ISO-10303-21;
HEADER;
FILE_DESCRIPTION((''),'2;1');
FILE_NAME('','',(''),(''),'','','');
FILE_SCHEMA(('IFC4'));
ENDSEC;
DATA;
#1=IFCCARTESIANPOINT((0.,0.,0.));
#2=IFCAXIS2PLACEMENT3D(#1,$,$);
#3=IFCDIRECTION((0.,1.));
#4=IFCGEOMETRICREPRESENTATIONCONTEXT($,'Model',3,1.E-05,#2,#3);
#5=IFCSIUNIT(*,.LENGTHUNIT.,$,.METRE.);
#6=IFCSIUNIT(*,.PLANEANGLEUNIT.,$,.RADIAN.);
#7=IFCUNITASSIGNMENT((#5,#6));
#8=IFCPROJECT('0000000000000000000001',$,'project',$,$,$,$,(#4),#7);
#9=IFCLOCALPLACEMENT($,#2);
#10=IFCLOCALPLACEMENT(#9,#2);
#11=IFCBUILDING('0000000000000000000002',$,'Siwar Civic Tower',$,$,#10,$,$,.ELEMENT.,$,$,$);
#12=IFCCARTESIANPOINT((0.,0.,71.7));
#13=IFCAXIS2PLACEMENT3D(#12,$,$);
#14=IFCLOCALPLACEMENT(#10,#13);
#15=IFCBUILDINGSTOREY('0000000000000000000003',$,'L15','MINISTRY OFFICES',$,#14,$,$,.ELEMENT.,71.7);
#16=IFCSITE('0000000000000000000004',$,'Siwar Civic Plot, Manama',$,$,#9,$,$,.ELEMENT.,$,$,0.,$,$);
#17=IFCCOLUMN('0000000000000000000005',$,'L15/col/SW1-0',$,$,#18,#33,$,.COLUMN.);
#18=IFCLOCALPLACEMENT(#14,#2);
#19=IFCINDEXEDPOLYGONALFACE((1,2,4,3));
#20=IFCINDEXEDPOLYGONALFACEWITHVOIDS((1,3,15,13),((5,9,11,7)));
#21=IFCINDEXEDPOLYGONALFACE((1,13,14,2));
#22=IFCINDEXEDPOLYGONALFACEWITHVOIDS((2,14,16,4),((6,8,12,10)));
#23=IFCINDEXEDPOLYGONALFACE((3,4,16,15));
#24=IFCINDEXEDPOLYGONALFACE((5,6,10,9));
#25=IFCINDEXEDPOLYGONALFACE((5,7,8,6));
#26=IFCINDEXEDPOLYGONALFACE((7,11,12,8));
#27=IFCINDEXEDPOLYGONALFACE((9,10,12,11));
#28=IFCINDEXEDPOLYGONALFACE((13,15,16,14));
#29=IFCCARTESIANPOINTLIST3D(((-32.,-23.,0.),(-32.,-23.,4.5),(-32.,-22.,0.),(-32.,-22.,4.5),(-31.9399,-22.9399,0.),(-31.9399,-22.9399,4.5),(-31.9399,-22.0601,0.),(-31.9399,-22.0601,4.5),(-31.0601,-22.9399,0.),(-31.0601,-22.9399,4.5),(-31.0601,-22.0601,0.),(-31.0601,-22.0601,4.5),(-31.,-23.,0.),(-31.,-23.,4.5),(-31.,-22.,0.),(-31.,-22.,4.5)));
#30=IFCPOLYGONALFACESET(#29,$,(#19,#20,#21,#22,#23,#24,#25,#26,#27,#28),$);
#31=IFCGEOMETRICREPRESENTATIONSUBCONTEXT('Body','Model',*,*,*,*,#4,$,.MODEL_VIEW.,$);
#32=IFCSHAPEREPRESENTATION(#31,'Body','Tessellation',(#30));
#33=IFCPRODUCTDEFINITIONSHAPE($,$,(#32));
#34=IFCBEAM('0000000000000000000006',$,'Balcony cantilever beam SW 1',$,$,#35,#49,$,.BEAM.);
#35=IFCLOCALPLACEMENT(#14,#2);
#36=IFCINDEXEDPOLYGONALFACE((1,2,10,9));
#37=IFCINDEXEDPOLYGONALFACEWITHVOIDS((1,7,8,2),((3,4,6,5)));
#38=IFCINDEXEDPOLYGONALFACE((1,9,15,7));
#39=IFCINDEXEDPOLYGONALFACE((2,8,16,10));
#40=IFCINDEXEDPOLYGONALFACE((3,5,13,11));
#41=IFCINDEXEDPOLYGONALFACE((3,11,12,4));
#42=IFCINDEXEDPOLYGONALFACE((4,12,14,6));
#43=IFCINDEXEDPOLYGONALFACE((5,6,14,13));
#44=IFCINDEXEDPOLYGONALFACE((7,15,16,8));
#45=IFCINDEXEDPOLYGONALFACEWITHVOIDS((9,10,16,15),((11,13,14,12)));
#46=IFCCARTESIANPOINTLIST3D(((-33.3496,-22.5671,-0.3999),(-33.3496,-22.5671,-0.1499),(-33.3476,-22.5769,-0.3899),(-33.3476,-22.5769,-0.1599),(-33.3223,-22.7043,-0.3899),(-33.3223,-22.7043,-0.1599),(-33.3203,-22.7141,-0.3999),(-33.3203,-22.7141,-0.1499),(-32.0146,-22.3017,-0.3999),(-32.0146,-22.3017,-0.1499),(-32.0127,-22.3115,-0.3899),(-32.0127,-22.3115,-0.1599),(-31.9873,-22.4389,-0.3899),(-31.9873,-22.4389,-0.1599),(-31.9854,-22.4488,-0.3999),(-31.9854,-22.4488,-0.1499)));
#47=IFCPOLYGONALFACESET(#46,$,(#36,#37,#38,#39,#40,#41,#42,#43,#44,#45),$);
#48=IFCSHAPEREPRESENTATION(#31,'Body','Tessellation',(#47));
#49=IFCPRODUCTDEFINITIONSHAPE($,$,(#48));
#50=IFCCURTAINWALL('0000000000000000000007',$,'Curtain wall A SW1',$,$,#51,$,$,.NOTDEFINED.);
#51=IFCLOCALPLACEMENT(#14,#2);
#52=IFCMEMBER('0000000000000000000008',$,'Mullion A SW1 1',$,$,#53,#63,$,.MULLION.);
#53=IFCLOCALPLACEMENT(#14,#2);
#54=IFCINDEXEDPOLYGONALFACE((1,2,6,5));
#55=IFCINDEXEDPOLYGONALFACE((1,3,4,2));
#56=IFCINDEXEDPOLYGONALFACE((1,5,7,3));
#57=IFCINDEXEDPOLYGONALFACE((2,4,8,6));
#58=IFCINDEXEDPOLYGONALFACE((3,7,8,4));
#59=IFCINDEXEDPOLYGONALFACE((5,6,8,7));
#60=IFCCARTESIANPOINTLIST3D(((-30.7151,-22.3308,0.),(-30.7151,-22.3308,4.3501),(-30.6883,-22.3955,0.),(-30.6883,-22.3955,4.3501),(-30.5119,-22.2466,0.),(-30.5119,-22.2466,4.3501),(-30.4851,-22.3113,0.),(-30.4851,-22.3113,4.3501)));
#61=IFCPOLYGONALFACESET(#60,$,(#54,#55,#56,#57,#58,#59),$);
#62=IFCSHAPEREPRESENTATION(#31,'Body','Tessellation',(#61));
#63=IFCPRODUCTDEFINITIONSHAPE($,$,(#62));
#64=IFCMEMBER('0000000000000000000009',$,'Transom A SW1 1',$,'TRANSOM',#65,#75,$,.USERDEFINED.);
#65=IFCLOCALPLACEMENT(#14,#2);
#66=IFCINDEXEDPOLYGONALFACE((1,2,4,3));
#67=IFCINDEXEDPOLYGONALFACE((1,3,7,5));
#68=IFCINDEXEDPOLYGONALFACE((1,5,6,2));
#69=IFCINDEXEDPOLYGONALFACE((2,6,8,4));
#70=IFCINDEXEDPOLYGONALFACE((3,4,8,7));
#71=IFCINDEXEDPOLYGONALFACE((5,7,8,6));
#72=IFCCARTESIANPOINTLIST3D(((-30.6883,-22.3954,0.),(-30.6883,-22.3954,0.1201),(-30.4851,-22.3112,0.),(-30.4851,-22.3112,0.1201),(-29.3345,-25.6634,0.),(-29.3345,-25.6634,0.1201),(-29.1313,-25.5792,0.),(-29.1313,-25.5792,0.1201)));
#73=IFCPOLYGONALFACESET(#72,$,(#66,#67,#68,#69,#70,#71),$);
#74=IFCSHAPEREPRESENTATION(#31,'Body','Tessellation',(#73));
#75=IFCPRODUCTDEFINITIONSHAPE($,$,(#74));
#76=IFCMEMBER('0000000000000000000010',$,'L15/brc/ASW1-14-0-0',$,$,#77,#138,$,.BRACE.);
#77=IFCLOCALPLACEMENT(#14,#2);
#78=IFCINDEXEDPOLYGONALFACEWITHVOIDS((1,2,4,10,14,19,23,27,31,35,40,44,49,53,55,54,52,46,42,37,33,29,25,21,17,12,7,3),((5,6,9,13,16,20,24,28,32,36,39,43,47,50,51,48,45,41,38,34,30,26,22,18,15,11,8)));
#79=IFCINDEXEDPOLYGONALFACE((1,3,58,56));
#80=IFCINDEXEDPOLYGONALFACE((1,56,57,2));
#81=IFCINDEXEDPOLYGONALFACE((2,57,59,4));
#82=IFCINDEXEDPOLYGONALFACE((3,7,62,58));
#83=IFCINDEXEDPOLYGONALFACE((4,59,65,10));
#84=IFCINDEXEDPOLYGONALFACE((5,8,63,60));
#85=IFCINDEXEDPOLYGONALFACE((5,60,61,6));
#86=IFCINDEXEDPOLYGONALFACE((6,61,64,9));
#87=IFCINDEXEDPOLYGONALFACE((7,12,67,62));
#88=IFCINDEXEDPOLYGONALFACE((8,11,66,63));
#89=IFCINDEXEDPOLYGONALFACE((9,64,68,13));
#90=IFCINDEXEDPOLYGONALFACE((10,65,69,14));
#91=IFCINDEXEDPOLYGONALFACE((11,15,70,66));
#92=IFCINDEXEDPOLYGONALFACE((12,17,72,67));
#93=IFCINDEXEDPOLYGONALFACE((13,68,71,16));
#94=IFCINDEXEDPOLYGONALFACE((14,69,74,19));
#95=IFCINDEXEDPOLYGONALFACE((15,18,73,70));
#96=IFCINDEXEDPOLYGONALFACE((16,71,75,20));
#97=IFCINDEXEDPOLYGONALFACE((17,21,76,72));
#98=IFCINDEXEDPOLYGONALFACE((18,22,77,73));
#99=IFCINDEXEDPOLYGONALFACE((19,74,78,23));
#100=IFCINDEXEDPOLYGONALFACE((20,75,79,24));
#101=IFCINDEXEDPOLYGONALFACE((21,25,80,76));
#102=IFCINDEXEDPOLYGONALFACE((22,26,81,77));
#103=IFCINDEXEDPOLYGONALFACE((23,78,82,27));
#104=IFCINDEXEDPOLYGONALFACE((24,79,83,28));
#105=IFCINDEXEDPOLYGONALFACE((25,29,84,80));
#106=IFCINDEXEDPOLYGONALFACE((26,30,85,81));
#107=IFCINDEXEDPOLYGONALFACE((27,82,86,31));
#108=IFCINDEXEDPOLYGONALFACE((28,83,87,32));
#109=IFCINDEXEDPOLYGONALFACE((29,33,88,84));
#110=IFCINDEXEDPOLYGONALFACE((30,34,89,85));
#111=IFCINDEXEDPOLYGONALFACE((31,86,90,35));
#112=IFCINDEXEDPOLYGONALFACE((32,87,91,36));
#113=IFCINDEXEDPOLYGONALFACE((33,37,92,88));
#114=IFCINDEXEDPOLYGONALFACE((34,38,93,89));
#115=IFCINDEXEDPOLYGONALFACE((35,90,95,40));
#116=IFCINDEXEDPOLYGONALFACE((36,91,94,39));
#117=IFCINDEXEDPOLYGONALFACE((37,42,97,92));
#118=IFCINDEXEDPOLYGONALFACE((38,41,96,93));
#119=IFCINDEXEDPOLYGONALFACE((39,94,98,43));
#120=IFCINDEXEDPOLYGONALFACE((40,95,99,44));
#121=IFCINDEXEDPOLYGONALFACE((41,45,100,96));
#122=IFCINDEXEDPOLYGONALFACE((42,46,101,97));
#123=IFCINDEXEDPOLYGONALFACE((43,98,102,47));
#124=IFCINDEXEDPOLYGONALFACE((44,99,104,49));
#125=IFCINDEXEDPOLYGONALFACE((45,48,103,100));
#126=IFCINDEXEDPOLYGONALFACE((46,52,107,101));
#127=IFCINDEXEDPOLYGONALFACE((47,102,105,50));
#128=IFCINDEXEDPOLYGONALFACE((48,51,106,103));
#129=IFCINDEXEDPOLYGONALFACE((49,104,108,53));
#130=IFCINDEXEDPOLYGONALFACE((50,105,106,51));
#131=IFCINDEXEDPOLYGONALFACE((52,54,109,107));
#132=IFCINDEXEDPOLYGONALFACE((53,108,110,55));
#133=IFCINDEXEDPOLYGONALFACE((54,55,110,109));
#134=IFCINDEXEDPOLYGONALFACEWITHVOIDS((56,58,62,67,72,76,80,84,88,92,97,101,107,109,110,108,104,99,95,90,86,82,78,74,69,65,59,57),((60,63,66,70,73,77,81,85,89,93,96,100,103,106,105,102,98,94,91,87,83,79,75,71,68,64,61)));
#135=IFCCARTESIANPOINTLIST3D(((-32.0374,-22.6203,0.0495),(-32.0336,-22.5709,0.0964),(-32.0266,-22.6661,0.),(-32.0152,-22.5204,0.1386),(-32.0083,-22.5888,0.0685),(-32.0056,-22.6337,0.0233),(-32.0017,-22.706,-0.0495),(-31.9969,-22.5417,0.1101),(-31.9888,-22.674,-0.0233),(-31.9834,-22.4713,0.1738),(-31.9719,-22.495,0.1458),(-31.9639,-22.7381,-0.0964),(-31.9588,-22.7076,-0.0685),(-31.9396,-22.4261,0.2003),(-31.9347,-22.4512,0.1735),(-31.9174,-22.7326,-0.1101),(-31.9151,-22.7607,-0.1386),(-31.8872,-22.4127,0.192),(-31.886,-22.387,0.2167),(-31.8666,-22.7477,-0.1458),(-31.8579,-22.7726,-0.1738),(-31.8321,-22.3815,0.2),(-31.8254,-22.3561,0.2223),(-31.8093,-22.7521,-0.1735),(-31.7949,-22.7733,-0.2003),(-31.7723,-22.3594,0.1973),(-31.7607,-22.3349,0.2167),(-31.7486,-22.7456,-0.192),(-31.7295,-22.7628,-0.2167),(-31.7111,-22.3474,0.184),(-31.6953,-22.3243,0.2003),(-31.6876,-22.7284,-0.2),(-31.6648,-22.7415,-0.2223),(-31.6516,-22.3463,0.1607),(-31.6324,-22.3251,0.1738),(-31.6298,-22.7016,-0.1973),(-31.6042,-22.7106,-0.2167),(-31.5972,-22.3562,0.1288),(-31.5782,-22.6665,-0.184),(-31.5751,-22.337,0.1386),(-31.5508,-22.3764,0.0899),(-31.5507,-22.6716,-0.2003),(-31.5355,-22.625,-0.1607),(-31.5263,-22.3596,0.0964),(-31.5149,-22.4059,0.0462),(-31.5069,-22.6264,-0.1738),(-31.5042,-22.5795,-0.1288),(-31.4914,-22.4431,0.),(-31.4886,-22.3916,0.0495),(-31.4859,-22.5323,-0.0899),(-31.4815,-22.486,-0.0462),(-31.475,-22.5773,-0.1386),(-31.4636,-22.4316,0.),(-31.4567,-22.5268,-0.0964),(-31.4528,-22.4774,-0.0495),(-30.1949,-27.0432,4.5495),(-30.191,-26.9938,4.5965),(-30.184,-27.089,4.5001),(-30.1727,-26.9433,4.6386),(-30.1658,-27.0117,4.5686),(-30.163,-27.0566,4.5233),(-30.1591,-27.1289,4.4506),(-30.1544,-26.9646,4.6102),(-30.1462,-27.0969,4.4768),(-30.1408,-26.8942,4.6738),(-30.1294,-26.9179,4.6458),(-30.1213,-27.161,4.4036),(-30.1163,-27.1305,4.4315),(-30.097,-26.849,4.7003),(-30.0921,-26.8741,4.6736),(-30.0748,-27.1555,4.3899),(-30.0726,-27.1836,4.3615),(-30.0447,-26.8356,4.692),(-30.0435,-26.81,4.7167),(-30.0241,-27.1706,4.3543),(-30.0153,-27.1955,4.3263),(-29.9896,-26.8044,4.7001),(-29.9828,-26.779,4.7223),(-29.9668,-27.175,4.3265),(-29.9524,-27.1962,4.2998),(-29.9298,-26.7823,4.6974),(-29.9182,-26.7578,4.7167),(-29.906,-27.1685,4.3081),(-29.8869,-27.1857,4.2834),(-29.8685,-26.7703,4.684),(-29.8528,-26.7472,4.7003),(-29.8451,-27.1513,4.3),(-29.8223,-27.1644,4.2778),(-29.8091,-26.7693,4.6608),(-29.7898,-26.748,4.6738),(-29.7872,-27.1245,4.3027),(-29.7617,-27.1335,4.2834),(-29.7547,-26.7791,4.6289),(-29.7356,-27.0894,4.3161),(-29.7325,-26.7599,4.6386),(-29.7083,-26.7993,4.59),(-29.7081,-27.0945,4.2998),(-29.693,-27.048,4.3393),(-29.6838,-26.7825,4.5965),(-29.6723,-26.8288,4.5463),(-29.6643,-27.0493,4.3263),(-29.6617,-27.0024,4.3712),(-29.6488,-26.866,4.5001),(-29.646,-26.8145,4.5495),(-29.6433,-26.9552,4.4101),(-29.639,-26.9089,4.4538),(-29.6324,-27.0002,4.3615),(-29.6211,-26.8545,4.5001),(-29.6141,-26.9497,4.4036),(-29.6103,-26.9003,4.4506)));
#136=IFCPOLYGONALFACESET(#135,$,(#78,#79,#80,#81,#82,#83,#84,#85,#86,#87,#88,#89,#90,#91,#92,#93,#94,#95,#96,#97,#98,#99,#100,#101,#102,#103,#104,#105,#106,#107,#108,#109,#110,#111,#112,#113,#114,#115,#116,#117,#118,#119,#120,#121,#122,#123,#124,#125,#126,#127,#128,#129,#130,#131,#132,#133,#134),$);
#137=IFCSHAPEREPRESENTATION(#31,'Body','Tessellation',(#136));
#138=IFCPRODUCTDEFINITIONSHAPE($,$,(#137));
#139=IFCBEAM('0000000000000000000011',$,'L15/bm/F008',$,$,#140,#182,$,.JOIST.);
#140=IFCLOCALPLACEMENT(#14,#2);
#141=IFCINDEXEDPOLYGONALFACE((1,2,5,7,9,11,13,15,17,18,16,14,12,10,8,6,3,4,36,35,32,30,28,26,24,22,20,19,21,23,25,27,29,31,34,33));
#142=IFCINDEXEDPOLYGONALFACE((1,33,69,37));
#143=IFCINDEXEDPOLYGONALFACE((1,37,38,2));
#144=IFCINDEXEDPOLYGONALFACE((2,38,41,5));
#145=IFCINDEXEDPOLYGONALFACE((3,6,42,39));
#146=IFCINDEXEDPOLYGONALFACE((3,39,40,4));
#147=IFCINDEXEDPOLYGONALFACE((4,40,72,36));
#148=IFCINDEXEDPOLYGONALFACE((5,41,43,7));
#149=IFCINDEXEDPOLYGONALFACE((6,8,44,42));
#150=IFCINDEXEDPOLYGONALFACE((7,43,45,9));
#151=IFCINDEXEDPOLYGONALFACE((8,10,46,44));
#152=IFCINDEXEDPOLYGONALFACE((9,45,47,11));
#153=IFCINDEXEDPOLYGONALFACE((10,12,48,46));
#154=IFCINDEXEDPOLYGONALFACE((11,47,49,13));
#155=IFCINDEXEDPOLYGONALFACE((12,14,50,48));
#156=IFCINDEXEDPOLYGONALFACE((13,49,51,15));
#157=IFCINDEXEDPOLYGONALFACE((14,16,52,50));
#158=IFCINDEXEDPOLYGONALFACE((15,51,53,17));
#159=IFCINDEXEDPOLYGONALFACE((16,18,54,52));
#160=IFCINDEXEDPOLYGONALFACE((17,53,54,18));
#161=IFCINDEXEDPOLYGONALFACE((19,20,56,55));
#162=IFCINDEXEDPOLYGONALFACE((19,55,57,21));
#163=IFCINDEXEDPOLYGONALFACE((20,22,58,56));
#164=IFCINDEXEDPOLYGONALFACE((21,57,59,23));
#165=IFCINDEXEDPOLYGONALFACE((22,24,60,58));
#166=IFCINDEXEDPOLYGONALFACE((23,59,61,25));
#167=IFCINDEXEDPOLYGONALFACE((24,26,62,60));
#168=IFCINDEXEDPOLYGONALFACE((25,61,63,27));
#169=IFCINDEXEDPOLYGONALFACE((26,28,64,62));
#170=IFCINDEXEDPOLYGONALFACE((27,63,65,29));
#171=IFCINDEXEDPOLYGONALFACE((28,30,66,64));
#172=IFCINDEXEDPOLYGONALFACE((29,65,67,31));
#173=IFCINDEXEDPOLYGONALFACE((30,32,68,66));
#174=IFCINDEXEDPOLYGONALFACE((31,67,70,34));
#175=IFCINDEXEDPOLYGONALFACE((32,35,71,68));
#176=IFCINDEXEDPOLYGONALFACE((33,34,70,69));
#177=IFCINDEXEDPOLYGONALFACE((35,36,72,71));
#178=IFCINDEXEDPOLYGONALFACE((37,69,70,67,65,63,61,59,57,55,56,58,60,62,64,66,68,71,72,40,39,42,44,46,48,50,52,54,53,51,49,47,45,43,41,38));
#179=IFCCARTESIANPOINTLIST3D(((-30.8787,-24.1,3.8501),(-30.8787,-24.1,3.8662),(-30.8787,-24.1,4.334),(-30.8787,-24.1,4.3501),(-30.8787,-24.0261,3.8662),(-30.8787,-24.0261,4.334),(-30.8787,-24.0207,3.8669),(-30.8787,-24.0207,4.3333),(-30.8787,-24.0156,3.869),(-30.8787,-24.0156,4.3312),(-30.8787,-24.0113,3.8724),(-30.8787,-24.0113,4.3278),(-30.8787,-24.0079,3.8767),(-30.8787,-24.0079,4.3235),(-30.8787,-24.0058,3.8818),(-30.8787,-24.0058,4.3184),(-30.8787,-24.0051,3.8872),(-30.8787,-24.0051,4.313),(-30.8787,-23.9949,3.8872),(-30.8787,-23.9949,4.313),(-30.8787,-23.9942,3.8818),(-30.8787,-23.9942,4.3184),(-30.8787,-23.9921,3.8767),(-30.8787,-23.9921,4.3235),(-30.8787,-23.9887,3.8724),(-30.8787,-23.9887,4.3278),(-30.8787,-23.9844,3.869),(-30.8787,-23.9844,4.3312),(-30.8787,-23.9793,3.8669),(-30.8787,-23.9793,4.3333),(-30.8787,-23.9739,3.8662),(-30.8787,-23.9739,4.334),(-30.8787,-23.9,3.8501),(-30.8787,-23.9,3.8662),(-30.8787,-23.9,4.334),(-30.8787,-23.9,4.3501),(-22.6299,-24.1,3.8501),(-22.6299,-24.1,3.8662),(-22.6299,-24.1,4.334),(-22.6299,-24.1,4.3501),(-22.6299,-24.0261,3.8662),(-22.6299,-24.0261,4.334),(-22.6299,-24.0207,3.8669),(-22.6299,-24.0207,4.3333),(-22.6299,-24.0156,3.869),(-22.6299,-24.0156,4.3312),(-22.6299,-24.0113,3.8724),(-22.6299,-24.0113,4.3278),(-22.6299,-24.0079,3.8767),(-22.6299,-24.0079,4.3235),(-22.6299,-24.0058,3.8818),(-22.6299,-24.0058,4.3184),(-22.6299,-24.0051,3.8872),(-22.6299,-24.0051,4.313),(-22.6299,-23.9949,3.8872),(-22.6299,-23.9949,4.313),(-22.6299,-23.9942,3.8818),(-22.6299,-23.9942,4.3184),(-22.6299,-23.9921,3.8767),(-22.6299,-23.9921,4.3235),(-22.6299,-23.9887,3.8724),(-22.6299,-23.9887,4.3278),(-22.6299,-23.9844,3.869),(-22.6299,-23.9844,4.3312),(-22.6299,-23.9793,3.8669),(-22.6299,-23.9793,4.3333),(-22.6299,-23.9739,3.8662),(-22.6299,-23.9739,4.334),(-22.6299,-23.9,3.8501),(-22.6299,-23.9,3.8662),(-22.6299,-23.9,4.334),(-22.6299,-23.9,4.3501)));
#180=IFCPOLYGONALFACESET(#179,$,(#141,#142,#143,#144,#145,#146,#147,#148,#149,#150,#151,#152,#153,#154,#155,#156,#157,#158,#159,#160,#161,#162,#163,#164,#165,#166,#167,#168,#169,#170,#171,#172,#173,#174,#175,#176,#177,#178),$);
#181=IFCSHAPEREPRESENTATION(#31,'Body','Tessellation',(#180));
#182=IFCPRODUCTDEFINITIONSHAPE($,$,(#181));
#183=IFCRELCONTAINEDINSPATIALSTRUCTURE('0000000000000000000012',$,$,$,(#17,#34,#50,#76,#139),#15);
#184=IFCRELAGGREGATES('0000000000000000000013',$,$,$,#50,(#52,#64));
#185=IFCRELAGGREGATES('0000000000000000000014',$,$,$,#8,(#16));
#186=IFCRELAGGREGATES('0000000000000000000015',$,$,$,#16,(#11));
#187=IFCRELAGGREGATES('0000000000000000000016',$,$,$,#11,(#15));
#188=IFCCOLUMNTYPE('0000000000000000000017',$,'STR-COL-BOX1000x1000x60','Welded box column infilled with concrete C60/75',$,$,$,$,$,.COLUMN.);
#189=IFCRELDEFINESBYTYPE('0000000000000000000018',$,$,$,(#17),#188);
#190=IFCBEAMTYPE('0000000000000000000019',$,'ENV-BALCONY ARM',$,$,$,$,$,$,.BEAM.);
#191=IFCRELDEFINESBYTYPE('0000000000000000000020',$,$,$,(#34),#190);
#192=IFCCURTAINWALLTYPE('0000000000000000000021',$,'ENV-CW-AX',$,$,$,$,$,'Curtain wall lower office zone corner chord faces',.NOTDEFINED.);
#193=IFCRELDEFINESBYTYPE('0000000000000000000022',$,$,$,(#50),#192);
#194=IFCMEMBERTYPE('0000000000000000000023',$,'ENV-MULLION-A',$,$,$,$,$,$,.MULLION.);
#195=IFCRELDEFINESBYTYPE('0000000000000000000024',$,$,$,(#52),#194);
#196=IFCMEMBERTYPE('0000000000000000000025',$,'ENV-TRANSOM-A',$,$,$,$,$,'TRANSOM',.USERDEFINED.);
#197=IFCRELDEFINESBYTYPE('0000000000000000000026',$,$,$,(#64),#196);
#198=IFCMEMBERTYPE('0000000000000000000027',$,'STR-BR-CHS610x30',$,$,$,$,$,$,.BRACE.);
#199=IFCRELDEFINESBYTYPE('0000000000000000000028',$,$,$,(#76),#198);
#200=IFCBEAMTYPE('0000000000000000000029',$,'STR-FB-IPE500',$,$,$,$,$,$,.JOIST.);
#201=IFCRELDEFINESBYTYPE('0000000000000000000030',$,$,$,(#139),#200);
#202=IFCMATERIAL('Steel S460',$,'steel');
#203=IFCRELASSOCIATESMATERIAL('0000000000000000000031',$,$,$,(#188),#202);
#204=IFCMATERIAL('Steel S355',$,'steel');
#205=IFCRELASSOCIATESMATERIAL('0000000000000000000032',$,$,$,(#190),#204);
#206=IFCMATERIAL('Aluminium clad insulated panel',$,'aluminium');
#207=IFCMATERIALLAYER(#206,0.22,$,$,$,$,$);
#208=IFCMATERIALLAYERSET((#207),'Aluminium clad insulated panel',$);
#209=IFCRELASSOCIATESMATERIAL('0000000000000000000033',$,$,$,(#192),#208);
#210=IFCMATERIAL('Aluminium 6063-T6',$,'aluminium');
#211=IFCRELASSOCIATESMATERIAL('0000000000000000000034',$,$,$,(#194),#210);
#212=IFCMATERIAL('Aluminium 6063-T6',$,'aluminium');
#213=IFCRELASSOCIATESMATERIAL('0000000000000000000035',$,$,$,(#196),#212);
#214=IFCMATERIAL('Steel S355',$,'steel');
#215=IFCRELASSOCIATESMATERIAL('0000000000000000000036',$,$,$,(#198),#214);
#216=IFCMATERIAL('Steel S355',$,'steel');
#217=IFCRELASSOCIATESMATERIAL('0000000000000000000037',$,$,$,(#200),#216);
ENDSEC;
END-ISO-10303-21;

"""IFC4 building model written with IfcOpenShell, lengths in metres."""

from ifc_helpers import new_model, si_unit, direction, frame, origin, origin_2d, place, context, subcontext, project, spatial, rectangle, hollow_rectangle, hollow_circle, i_section, extrude, material, layer, layer_set, material_profile, profile_set, type_object, element, aggregate, save


model = new_model("IFC4")

# Units and contexts
model_context = context("Model", 3, precision=1e-05, world=origin(), true_north=direction((0.0, 1.0)))
body_context = subcontext(model_context, "Body", "Model", "MODEL_VIEW")
ifc_project = project(units=[si_unit("LENGTHUNIT", "METRE"), si_unit("PLANEANGLEUNIT", "RADIAN")], contexts=[model_context])

# Site, building, storey
site_placement = place(None, origin())
site = spatial("IfcSite", under=ifc_project, at=site_placement, Name="Siwar Civic Plot, Manama", CompositionType="ELEMENT", RefElevation=0.0)
building_placement = place(site_placement, origin())
building = spatial("IfcBuilding", under=site, at=building_placement, Name="Siwar Civic Tower", CompositionType="ELEMENT")
storey_placement = place(building_placement, frame((0.0, 0.0, 71.7)))
storey = spatial("IfcBuildingStorey", under=building, at=storey_placement, Name="L15", Description="MINISTRY OFFICES", CompositionType="ELEMENT", Elevation=71.7)

# Column
ifc_material_1 = material(Name="Steel S460", Category="steel")
ifc_material_profile_1 = material_profile(ifc_material_1, hollow_rectangle(XDim=1.0, YDim=1.0, WallThickness=0.0601, at=origin_2d()), Name="BOX1000x1000x60")
ifc_profile_set_1 = profile_set([ifc_material_profile_1], Name="Steel S460")
column_type = type_object("IfcColumnType", Name="STR-COL-BOX1000x1000x60", Description="Welded box column infilled with concrete C60/75", PredefinedType="COLUMN", material=ifc_profile_set_1)
column_placement = place(storey_placement, frame((-31.5, -22.5, 0.0), z_axis=(0.0, 0.0, 1.0), x_axis=(1.0, 0.0, 0.0)))
element("IfcColumn", 1, at=column_placement, inside=storey, type_object=column_type, Name="L15/col/SW1-0", PredefinedType="COLUMN", context=body_context, shape_type="SweptSolid", body=[
    extrude(hollow_rectangle(XDim=1.0, YDim=1.0, WallThickness=0.0601, at=origin_2d()), origin(), (0.0, 0.0, 1.0), 4.5),
])

# Beam
ifc_material_2 = material(Name="Steel S355", Category="steel")
ifc_material_profile_2 = material_profile(ifc_material_2, hollow_rectangle(XDim=0.1499, YDim=0.25, WallThickness=0.01, at=origin_2d()), Name="RHS250x150x10")
ifc_profile_set_2 = profile_set([ifc_material_profile_2], Name="Steel S355")
beam_type_1 = type_object("IfcBeamType", Name="ENV-BALCONY ARM", PredefinedType="BEAM", material=ifc_profile_set_2)
beam_1_placement = place(storey_placement, frame((-32.0, -22.3752, -0.2749), z_axis=(-0.980808, -0.194978, 0.0), x_axis=(0.194978, -0.980808, 0.0)))
element("IfcBeam", 2, at=beam_1_placement, inside=storey, type_object=beam_type_1, Name="Balcony cantilever beam SW 1", PredefinedType="BEAM", context=body_context, shape_type="SweptSolid", body=[
    extrude(hollow_rectangle(XDim=0.1499, YDim=0.25, WallThickness=0.01, at=origin_2d()), origin(), (0.0, 0.0, 1.0), 1.3611),
])

# Curtain wall, members
ifc_material_3 = material(Name="Aluminium clad insulated panel", Category="aluminium")
ifc_layer_1 = layer(ifc_material_3, 0.22)
ifc_layer_set_1 = layer_set([ifc_layer_1], Name="Aluminium clad insulated panel")
curtain_wall_type_1 = type_object("IfcCurtainWallType", Name="ENV-CW-AX", ElementType="Curtain wall lower office zone corner chord faces", PredefinedType="NOTDEFINED", material=ifc_layer_set_1)
curtain_wall_1_placement = place(storey_placement, origin())
curtain_wall_1 = element("IfcCurtainWall", 3, at=curtain_wall_1_placement, inside=storey, type_object=curtain_wall_type_1, Name="Curtain wall A SW1", PredefinedType="NOTDEFINED")
ifc_material_4 = material(Name="Aluminium 6063-T6", Category="aluminium")
ifc_material_profile_3 = material_profile(ifc_material_4, rectangle(XDim=0.22, YDim=0.0701, at=origin_2d()), Name="AL 220x70")
ifc_profile_set_3 = profile_set([ifc_material_profile_3], Name="Aluminium 6063-T6")
member_type_1 = type_object("IfcMemberType", Name="ENV-MULLION-A", PredefinedType="MULLION", material=ifc_profile_set_3)
member_1_placement = place(storey_placement, frame((-30.6001, -22.321, 0.0), z_axis=(0.0, 0.0, 1.0), x_axis=(0.92388, 0.382683, 0.0)))
member_1 = element("IfcMember", 4, at=member_1_placement, type_object=member_type_1, Name="Mullion A SW1 1", PredefinedType="MULLION", context=body_context, shape_type="SweptSolid", body=[
    extrude(rectangle(XDim=0.22, YDim=0.0701, at=origin_2d()), origin(), (0.0, 0.0, 1.0), 4.3501),
])
ifc_material_5 = material(Name="Aluminium 6063-T6", Category="aluminium")
ifc_material_profile_4 = material_profile(ifc_material_5, rectangle(XDim=0.22, YDim=0.1201, at=origin_2d()), Name="AL 220x120")
ifc_profile_set_4 = profile_set([ifc_material_profile_4], Name="Aluminium 6063-T6")
member_type_2 = type_object("IfcMemberType", Name="ENV-TRANSOM-A", ElementType="TRANSOM", PredefinedType="USERDEFINED", material=ifc_profile_set_4)
member_2_placement = place(storey_placement, frame((-30.5867, -22.3533, 0.0601), z_axis=(0.382703, -0.923871, 0.0), x_axis=(0.923871, 0.382703, 0.0)))
member_2 = element("IfcMember", 5, at=member_2_placement, type_object=member_type_2, Name="Transom A SW1 1", ObjectType="TRANSOM", PredefinedType="USERDEFINED", context=body_context, shape_type="SweptSolid", body=[
    extrude(rectangle(XDim=0.22, YDim=0.1201, at=origin_2d()), origin(), (0.0, 0.0, 1.0), 3.5374),
])

# Member
ifc_material_6 = material(Name="Steel S355", Category="steel")
ifc_material_profile_5 = material_profile(ifc_material_6, hollow_circle(Radius=0.3049, WallThickness=0.03, at=origin_2d()), Name="CHS610x30")
ifc_profile_set_5 = profile_set([ifc_material_profile_5], Name="Steel S355")
member_type_3 = type_object("IfcMemberType", Name="STR-BR-CHS610x30", PredefinedType="BRACE", material=ifc_profile_set_5)
member_3_placement = place(storey_placement, frame((-31.7451, -22.5488, 0.0), z_axis=(0.280311, -0.672865, 0.684601), x_axis=(0.923101, 0.384557, 0.0)))
element("IfcMember", 6, at=member_3_placement, inside=storey, type_object=member_type_3, Name="L15/brc/ASW1-14-0-0", PredefinedType="BRACE", context=body_context, shape_type="SweptSolid", body=[
    extrude(hollow_circle(Radius=0.3049, WallThickness=0.03, at=origin_2d()), origin(), (0.0, 0.0, 1.0), 6.5732),
])

# Beam
ifc_material_7 = material(Name="Steel S355", Category="steel")
ifc_material_profile_6 = material_profile(ifc_material_7, i_section(OverallWidth=0.2, OverallDepth=0.5, WebThickness=0.0103, FlangeThickness=0.0161, FilletRadius=0.021, at=origin_2d()), Name="IPE500")
ifc_profile_set_6 = profile_set([ifc_material_profile_6], Name="Steel S355")
beam_type_2 = type_object("IfcBeamType", Name="STR-FB-IPE500", PredefinedType="JOIST", material=ifc_profile_set_6)
beam_2_placement = place(storey_placement, frame((-30.8787, -24.0, 4.1001), z_axis=(1.0, 0.0, 0.0), x_axis=(0.0, 1.0, 0.0)))
element("IfcBeam", 7, at=beam_2_placement, inside=storey, type_object=beam_type_2, Name="L15/bm/F008", PredefinedType="JOIST", context=body_context, shape_type="SweptSolid", body=[
    extrude(i_section(OverallWidth=0.2, OverallDepth=0.5, WebThickness=0.0103, FlangeThickness=0.0161, FilletRadius=0.021, at=origin_2d()), origin(), (0.0, 0.0, 1.0), 8.2488),
])

aggregate(curtain_wall_1, [member_1, member_2])

save(model, "model.ifc")
